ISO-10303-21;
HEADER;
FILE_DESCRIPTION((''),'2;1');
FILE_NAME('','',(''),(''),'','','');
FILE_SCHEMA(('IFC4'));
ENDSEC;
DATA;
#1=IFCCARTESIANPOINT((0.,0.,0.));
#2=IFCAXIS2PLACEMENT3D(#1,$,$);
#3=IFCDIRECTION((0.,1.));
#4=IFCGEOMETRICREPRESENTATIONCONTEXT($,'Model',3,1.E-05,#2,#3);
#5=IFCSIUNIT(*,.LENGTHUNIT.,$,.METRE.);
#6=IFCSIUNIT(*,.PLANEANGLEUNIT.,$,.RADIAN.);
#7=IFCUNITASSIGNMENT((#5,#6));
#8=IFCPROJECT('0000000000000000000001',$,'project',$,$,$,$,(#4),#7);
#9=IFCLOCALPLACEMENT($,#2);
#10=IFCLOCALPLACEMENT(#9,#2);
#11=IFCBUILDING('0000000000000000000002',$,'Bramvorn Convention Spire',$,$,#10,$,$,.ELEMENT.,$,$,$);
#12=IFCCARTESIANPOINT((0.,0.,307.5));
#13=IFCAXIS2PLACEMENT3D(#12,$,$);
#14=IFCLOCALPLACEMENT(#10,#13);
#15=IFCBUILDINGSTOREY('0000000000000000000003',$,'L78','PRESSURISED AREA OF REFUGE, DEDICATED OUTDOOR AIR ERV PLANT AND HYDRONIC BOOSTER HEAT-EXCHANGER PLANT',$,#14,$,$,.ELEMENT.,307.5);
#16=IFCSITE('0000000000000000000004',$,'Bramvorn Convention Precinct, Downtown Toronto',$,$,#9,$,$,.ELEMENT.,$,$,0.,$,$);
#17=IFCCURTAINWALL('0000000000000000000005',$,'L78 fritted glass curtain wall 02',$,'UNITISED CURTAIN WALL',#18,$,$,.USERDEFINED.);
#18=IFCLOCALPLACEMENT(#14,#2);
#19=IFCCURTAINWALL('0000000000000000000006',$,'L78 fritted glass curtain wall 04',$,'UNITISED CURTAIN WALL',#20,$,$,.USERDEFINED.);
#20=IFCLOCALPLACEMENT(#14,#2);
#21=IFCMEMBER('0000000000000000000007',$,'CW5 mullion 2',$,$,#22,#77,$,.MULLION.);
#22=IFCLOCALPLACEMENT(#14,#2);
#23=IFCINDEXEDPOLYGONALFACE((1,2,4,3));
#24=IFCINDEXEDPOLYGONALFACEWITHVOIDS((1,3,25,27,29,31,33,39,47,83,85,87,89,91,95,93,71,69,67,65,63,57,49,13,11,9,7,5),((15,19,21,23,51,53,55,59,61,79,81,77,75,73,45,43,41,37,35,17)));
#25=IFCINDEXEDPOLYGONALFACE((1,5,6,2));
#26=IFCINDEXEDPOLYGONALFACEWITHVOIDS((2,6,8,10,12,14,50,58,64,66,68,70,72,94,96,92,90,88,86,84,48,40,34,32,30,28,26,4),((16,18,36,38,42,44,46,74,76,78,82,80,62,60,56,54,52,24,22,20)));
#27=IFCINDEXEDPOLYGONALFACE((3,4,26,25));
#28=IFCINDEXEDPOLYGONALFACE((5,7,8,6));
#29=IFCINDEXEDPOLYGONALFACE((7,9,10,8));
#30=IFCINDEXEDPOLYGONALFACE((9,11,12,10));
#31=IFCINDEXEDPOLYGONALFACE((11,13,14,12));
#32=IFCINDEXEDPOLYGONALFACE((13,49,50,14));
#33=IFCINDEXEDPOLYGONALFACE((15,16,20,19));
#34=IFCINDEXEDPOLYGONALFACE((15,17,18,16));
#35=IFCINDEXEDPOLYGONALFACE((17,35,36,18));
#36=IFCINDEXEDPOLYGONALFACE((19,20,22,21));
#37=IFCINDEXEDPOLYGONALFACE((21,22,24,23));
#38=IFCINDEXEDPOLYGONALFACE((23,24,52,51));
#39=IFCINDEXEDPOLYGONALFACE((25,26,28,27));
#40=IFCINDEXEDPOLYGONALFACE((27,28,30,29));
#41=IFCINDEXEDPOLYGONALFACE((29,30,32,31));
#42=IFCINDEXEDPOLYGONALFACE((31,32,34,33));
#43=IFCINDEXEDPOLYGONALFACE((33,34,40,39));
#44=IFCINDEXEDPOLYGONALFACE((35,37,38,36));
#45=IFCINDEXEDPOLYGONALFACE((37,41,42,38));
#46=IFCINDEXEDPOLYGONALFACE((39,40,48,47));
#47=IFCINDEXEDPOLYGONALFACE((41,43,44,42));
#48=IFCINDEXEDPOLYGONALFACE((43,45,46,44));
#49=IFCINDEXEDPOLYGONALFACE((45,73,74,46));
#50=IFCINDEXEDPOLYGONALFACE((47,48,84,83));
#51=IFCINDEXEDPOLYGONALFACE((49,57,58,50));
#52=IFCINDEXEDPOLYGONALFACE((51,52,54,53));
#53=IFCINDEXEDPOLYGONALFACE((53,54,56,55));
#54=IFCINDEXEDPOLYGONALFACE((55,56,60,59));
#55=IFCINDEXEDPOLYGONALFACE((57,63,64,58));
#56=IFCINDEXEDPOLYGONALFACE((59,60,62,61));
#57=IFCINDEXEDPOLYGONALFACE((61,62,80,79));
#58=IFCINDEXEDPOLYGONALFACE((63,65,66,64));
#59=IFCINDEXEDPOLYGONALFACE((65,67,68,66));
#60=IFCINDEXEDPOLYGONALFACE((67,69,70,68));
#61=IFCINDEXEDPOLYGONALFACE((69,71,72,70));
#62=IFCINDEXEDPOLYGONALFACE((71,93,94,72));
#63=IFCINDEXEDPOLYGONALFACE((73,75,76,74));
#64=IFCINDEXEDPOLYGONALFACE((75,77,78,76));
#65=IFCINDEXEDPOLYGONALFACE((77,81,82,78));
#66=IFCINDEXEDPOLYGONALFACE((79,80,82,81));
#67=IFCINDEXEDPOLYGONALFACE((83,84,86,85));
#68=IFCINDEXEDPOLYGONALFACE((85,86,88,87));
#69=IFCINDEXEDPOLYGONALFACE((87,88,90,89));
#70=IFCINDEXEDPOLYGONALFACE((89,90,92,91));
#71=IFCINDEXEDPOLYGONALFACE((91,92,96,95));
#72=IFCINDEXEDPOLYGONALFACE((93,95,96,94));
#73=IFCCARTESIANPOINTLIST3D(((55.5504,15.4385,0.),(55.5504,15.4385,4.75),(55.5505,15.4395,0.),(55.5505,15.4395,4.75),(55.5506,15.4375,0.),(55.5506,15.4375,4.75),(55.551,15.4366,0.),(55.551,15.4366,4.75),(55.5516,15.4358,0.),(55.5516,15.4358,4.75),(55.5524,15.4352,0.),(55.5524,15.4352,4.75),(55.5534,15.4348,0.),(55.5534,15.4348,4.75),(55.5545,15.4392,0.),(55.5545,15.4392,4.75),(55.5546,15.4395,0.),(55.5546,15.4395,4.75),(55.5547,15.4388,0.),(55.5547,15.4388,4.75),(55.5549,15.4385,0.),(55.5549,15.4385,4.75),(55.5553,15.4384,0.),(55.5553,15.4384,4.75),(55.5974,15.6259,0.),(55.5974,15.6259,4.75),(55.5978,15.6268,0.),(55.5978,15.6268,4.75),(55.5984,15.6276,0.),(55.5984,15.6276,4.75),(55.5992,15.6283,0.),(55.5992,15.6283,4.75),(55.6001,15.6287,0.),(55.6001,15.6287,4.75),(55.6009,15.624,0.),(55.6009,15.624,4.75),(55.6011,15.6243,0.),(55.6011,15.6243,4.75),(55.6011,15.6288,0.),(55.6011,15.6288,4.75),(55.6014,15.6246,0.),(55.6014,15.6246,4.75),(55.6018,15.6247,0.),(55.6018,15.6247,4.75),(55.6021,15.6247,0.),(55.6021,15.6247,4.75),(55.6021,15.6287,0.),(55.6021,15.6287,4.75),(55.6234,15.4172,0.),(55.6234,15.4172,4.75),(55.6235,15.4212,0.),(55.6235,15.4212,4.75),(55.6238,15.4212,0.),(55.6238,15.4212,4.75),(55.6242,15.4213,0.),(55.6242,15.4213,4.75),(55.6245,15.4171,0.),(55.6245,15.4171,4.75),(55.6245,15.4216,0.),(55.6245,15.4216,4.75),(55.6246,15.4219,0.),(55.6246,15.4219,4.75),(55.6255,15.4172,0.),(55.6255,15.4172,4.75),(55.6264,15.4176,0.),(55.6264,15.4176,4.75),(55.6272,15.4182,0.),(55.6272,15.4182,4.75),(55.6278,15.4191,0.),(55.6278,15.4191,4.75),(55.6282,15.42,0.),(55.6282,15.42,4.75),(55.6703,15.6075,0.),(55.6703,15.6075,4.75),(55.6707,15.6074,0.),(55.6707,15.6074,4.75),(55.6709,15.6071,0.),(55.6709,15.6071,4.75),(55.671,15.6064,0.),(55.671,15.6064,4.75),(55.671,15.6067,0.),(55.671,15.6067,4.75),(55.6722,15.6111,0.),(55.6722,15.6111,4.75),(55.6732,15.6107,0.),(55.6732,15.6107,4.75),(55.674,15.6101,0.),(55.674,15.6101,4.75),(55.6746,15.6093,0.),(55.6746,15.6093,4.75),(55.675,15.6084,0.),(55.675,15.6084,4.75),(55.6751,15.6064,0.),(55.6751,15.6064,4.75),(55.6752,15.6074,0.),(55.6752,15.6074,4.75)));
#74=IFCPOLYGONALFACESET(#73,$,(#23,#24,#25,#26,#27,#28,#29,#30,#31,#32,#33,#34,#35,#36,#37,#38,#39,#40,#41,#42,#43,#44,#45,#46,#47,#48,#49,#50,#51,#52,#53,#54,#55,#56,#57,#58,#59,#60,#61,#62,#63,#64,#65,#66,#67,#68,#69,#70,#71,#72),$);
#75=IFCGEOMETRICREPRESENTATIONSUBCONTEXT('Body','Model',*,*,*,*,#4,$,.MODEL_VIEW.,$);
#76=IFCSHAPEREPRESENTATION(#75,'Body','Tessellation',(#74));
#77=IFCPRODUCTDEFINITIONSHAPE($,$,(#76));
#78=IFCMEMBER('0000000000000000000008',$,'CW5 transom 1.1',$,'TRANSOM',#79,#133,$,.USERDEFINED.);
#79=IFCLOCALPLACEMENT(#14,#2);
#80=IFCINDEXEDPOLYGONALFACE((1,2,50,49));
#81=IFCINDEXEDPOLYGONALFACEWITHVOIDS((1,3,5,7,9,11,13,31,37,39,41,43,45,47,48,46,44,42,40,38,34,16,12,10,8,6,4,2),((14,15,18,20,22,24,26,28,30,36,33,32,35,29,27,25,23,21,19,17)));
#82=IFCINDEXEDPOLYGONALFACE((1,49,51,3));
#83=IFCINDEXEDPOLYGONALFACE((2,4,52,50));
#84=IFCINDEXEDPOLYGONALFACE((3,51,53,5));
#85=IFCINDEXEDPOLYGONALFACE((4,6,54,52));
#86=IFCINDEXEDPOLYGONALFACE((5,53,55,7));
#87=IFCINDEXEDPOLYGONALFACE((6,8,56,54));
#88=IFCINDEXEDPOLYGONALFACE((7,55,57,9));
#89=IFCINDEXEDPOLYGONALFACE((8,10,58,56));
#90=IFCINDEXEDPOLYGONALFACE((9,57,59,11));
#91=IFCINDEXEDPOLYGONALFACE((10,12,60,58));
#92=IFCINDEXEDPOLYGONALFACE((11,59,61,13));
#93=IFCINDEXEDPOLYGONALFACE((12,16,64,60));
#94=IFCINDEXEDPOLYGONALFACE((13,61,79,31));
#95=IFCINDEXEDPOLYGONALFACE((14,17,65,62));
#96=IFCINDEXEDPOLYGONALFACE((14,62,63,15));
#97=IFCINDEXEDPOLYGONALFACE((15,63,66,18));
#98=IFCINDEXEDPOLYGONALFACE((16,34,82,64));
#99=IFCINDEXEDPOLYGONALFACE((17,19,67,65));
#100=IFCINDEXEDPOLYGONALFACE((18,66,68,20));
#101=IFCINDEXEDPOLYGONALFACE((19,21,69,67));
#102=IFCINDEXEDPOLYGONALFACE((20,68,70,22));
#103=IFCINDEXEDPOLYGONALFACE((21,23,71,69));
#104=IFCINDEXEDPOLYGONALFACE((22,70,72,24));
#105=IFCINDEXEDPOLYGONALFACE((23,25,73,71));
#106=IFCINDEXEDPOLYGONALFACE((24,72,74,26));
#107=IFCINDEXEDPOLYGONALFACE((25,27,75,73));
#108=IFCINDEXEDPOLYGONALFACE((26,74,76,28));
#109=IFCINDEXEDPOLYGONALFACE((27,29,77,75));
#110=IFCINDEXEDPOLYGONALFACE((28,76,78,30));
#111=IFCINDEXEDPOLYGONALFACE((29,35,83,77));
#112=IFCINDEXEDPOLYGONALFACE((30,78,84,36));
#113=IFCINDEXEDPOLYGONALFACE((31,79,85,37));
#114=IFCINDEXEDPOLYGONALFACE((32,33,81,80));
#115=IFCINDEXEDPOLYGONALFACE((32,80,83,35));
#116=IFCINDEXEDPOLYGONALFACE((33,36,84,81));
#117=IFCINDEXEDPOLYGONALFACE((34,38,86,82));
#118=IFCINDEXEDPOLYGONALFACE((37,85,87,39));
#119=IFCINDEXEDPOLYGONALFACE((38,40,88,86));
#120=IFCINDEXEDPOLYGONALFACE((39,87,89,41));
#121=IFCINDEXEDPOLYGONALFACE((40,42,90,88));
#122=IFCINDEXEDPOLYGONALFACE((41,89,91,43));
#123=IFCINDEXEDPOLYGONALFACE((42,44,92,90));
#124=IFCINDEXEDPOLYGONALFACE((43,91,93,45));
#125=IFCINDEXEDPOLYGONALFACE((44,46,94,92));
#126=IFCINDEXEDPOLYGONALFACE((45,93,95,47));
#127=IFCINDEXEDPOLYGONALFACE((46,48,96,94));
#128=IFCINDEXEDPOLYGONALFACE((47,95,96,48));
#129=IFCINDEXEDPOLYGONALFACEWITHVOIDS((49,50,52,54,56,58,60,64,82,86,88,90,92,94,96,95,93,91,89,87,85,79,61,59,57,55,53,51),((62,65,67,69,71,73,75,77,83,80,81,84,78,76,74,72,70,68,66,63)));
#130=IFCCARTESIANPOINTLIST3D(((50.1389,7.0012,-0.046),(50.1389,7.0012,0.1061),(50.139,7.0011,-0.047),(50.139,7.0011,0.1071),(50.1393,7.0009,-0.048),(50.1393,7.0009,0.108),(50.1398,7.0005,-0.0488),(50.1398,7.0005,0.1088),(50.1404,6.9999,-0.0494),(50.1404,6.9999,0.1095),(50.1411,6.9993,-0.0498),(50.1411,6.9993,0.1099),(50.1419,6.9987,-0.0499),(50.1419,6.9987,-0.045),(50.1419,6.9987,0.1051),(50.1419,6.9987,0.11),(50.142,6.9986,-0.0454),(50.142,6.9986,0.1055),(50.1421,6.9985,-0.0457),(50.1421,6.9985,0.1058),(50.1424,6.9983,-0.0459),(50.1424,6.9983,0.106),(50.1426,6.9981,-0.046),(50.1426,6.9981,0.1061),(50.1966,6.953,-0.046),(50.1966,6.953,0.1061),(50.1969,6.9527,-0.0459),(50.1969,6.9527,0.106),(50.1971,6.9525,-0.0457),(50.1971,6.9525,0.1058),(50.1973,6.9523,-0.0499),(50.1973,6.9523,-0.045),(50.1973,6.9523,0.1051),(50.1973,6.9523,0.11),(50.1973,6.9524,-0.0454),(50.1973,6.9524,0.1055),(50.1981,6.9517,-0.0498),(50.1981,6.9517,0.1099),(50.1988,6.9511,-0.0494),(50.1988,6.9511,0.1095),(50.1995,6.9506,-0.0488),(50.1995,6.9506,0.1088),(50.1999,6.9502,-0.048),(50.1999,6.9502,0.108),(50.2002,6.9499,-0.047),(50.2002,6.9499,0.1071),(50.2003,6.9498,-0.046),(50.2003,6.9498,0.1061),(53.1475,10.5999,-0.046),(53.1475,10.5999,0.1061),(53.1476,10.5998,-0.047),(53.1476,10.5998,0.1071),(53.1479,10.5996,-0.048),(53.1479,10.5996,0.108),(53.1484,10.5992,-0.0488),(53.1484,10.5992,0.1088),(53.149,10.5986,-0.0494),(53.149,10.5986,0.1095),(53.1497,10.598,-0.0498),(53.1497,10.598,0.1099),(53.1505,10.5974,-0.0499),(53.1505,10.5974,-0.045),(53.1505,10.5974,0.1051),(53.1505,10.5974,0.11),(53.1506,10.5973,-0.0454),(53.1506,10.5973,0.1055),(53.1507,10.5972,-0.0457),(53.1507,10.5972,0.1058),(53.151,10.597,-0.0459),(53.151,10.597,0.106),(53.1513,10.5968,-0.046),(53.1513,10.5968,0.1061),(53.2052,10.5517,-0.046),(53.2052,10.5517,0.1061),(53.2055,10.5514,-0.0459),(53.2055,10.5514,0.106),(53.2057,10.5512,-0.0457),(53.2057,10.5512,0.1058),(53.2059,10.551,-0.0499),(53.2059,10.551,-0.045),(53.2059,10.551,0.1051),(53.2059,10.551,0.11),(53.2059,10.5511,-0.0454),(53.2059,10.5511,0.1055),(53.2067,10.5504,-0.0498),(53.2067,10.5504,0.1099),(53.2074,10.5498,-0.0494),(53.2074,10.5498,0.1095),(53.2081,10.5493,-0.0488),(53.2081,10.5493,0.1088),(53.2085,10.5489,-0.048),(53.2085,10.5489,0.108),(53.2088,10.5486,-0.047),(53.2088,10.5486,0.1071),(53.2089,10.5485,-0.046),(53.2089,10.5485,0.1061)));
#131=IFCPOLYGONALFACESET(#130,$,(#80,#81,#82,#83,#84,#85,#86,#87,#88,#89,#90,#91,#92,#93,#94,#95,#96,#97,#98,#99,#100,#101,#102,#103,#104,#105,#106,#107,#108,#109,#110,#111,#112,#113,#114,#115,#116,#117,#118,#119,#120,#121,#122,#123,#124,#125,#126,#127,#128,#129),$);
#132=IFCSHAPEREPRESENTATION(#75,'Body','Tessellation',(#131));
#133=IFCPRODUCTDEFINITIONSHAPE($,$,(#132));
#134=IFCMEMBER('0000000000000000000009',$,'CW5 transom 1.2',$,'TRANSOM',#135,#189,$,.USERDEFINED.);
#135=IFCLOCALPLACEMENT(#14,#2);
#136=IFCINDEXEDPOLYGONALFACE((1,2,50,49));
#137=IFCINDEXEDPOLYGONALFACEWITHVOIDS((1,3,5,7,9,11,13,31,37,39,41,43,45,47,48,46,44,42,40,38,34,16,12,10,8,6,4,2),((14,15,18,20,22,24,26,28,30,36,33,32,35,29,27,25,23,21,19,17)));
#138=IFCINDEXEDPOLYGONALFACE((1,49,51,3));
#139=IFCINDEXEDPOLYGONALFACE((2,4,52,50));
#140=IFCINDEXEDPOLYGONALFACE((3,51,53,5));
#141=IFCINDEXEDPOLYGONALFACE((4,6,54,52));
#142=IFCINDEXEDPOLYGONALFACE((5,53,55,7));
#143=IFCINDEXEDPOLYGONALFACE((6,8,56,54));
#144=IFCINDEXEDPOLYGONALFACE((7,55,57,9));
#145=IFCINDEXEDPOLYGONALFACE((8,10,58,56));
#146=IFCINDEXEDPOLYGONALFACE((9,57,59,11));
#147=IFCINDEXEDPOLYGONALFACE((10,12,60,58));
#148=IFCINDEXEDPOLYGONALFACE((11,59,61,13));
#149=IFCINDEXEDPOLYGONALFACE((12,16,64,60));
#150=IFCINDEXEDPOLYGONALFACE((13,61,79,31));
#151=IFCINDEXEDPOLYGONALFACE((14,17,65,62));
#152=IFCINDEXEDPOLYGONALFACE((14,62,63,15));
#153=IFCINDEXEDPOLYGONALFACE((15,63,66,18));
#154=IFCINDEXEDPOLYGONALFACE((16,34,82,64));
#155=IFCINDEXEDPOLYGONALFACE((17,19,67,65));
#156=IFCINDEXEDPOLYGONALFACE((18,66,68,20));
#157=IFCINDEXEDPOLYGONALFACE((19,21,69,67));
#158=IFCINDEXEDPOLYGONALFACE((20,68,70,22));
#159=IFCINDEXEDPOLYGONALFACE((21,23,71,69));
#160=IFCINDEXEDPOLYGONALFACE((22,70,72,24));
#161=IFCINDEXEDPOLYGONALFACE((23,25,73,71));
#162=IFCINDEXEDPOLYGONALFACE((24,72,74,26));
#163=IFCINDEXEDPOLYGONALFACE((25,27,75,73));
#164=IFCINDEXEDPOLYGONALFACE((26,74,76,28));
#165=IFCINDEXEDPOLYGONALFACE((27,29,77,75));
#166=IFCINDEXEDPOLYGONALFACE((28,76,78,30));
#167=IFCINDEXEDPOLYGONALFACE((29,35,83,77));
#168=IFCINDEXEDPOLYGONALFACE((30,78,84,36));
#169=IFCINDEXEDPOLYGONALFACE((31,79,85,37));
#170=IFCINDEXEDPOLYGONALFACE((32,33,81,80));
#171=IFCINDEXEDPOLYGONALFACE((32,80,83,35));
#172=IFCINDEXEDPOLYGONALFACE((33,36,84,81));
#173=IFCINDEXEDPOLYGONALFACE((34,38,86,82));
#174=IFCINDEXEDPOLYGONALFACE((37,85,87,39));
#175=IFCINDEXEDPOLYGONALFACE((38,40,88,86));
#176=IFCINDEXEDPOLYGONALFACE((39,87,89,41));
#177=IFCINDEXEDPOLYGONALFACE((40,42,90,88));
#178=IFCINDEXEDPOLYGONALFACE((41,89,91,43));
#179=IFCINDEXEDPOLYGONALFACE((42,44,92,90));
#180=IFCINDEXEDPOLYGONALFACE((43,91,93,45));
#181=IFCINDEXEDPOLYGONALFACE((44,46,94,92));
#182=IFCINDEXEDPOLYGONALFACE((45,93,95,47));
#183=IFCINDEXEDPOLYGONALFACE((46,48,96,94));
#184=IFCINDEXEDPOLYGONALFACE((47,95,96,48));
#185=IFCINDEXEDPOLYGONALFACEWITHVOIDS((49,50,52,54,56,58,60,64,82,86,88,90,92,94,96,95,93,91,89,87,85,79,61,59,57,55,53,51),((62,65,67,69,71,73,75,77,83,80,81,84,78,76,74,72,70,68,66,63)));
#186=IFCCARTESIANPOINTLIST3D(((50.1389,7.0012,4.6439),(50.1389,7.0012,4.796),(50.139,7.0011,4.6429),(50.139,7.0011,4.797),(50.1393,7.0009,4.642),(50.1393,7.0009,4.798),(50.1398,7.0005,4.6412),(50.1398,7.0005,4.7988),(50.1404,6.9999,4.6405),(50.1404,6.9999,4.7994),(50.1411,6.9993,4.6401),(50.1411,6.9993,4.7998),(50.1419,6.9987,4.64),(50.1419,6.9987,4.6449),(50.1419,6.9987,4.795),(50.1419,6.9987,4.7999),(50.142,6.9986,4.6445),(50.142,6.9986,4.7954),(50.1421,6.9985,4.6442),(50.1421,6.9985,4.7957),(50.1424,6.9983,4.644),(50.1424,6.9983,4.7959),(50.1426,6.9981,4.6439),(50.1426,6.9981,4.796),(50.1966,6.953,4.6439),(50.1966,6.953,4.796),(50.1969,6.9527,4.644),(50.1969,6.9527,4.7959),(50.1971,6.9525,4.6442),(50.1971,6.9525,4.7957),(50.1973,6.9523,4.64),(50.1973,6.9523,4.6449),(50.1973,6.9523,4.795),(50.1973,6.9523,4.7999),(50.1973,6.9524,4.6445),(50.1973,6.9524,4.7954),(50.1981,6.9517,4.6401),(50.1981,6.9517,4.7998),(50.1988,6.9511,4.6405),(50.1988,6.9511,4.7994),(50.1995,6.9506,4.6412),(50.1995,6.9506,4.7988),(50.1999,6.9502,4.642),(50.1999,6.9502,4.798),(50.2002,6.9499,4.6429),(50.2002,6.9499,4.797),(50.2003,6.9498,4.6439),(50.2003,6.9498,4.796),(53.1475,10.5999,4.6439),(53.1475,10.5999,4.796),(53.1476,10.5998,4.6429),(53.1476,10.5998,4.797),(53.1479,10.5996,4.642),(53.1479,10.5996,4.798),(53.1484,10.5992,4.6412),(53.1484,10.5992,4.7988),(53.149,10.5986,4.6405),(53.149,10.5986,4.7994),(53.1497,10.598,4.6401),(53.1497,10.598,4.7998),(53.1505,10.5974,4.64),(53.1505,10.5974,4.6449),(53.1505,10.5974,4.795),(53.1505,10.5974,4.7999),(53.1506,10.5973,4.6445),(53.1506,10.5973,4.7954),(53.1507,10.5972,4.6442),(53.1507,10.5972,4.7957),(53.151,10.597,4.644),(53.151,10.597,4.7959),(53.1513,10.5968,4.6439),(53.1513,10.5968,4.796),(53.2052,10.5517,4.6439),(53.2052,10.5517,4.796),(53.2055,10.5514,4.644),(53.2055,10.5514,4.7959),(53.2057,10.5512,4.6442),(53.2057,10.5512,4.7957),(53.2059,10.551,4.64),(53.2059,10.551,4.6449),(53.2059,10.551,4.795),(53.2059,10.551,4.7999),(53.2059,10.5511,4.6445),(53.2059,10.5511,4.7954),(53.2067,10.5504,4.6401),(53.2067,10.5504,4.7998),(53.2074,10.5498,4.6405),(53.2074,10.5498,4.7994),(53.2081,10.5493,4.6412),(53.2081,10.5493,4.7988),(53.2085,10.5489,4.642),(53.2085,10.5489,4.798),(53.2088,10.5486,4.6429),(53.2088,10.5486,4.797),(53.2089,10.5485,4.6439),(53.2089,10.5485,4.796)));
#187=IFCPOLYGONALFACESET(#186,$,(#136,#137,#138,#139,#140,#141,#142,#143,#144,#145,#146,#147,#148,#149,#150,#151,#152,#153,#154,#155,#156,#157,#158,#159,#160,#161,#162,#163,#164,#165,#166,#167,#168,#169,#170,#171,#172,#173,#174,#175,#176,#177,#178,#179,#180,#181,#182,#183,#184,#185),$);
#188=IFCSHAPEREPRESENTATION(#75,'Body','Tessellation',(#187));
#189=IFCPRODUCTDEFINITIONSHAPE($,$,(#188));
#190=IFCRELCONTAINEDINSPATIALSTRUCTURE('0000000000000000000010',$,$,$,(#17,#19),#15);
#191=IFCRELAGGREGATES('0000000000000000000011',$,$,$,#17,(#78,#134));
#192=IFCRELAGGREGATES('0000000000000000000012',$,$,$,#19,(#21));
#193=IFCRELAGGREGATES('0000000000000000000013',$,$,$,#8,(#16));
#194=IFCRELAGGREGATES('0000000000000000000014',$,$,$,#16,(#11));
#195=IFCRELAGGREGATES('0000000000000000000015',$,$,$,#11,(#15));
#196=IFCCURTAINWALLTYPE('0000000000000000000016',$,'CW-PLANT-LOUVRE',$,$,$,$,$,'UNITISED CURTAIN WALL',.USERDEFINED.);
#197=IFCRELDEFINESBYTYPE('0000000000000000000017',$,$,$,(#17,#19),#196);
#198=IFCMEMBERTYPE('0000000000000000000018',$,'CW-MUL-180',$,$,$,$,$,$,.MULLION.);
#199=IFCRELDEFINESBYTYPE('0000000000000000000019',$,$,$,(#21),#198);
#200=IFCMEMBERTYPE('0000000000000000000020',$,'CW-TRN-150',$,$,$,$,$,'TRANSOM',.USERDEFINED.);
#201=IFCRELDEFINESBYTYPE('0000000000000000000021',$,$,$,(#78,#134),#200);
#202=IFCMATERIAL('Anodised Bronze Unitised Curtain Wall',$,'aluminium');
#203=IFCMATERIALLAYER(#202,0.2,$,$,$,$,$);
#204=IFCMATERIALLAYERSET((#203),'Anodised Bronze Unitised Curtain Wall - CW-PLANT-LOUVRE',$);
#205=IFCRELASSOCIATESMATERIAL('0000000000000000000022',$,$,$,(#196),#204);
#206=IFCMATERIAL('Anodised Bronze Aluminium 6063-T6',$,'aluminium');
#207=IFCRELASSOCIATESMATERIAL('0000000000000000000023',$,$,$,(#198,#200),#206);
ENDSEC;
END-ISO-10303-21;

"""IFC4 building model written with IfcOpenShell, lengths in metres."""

from ifc_helpers import new_model, si_unit, direction, frame, origin, origin_2d, place, context, subcontext, project, spatial, hollow_rectangle, extrude, material, layer, layer_set, material_profile, profile_set, type_object, element, aggregate, save


model = new_model("IFC4")

# Units and contexts
model_context = context("Model", 3, precision=1e-05, world=origin(), true_north=direction((0.0, 1.0)))
body_context = subcontext(model_context, "Body", "Model", "MODEL_VIEW")
ifc_project = project(units=[si_unit("LENGTHUNIT", "METRE"), si_unit("PLANEANGLEUNIT", "RADIAN")], contexts=[model_context])

# Site, building, storey
site_placement = place(None, origin())
site = spatial("IfcSite", under=ifc_project, at=site_placement, Name="Bramvorn Convention Precinct, Downtown Toronto", CompositionType="ELEMENT", RefElevation=0.0)
building_placement = place(site_placement, origin())
building = spatial("IfcBuilding", under=site, at=building_placement, Name="Bramvorn Convention Spire", CompositionType="ELEMENT")
storey_placement = place(building_placement, frame((0.0, 0.0, 307.5)))
storey = spatial("IfcBuildingStorey", under=building, at=storey_placement, Name="L78", Description="PRESSURISED AREA OF REFUGE, DEDICATED OUTDOOR AIR ERV PLANT AND HYDRONIC BOOSTER HEAT-EXCHANGER PLANT", CompositionType="ELEMENT", Elevation=307.5)

# Curtain walls, member
ifc_material_1 = material(Name="Anodised Bronze Unitised Curtain Wall", Category="aluminium")
ifc_layer_1 = layer(ifc_material_1, 0.2)
ifc_layer_set_1 = layer_set([ifc_layer_1], Name="Anodised Bronze Unitised Curtain Wall - CW-PLANT-LOUVRE")
curtain_wall_type = type_object("IfcCurtainWallType", Name="CW-PLANT-LOUVRE", ElementType="UNITISED CURTAIN WALL", PredefinedType="USERDEFINED", material=ifc_layer_set_1)
curtain_wall_1_placement = place(storey_placement, origin())
curtain_wall_1 = element("IfcCurtainWall", 1, at=curtain_wall_1_placement, inside=storey, type_object=curtain_wall_type, Name="L78 fritted glass curtain wall 02", ObjectType="UNITISED CURTAIN WALL", PredefinedType="USERDEFINED")
ifc_material_2 = material(Name="Anodised Bronze Aluminium 6063-T6", Category="aluminium")
ifc_material_profile_1 = material_profile(ifc_material_2, hollow_rectangle(XDim=0.0801, YDim=0.2, WallThickness=0.0039, InnerFilletRadius=0.001, OuterFilletRadius=0.0039, at=origin_2d()))
ifc_profile_set_1 = profile_set([ifc_material_profile_1], Name="Anodised Bronze Aluminium 6063-T6 - CWM80X200")
member_type_1 = type_object("IfcMemberType", Name="CW-MUL-180", PredefinedType="MULLION", material=ifc_profile_set_1)
curtain_wall_2_placement = place(storey_placement, origin())
curtain_wall_2 = element("IfcCurtainWall", 2, at=curtain_wall_2_placement, inside=storey, type_object=curtain_wall_type, Name="L78 fritted glass curtain wall 04", ObjectType="UNITISED CURTAIN WALL", PredefinedType="USERDEFINED")
member_1_placement = place(storey_placement, frame((55.6128, 15.5229, 0.0), z_axis=(0.0, 0.0, 1.0), x_axis=(0.969797, -0.243912, 0.0)))
member_1 = element("IfcMember", 3, at=member_1_placement, type_object=member_type_1, Name="CW5 mullion 2", PredefinedType="MULLION", context=body_context, shape_type="SweptSolid", body=[
    extrude(hollow_rectangle(XDim=0.0801, YDim=0.2, WallThickness=0.0039, InnerFilletRadius=0.001, OuterFilletRadius=0.0039, at=origin_2d()), origin(), (0.0, 0.0, 1.0), 4.75),
])

# Members
ifc_material_profile_2 = material_profile(ifc_material_2, hollow_rectangle(XDim=0.0801, YDim=0.1599, WallThickness=0.0039, InnerFilletRadius=0.001, OuterFilletRadius=0.0039, at=origin_2d()))
ifc_profile_set_2 = profile_set([ifc_material_profile_2], Name="Anodised Bronze Aluminium 6063-T6 - CWT80X160")
member_type_2 = type_object("IfcMemberType", Name="CW-TRN-150", ElementType="TRANSOM", PredefinedType="USERDEFINED", material=ifc_profile_set_2)
member_2_placement = place(storey_placement, frame((53.1782, 10.5742, 0.03), z_axis=(-0.641402, -0.767205, 0.0), x_axis=(0.767205, -0.641402, 0.0)))
member_2 = element("IfcMember", 4, at=member_2_placement, type_object=member_type_2, Name="CW5 transom 1.1", ObjectType="TRANSOM", PredefinedType="USERDEFINED", context=body_context, shape_type="SweptSolid", body=[
    extrude(hollow_rectangle(XDim=0.0801, YDim=0.1599, WallThickness=0.0039, InnerFilletRadius=0.001, OuterFilletRadius=0.0039, at=origin_2d()), origin(), (0.0, 0.0, 1.0), 4.6907),
])
member_3_placement = place(storey_placement, frame((53.1782, 10.5742, 4.72), z_axis=(-0.641402, -0.767205, 0.0), x_axis=(0.767205, -0.641402, 0.0)))
member_3 = element("IfcMember", 5, at=member_3_placement, type_object=member_type_2, Name="CW5 transom 1.2", ObjectType="TRANSOM", PredefinedType="USERDEFINED", context=body_context, shape_type="SweptSolid", body=[
    extrude(hollow_rectangle(XDim=0.0801, YDim=0.1599, WallThickness=0.0039, InnerFilletRadius=0.001, OuterFilletRadius=0.0039, at=origin_2d()), origin(), (0.0, 0.0, 1.0), 4.6907),
])

aggregate(curtain_wall_1, [member_2, member_3])
aggregate(curtain_wall_2, [member_1])

save(model, "model.ifc")
